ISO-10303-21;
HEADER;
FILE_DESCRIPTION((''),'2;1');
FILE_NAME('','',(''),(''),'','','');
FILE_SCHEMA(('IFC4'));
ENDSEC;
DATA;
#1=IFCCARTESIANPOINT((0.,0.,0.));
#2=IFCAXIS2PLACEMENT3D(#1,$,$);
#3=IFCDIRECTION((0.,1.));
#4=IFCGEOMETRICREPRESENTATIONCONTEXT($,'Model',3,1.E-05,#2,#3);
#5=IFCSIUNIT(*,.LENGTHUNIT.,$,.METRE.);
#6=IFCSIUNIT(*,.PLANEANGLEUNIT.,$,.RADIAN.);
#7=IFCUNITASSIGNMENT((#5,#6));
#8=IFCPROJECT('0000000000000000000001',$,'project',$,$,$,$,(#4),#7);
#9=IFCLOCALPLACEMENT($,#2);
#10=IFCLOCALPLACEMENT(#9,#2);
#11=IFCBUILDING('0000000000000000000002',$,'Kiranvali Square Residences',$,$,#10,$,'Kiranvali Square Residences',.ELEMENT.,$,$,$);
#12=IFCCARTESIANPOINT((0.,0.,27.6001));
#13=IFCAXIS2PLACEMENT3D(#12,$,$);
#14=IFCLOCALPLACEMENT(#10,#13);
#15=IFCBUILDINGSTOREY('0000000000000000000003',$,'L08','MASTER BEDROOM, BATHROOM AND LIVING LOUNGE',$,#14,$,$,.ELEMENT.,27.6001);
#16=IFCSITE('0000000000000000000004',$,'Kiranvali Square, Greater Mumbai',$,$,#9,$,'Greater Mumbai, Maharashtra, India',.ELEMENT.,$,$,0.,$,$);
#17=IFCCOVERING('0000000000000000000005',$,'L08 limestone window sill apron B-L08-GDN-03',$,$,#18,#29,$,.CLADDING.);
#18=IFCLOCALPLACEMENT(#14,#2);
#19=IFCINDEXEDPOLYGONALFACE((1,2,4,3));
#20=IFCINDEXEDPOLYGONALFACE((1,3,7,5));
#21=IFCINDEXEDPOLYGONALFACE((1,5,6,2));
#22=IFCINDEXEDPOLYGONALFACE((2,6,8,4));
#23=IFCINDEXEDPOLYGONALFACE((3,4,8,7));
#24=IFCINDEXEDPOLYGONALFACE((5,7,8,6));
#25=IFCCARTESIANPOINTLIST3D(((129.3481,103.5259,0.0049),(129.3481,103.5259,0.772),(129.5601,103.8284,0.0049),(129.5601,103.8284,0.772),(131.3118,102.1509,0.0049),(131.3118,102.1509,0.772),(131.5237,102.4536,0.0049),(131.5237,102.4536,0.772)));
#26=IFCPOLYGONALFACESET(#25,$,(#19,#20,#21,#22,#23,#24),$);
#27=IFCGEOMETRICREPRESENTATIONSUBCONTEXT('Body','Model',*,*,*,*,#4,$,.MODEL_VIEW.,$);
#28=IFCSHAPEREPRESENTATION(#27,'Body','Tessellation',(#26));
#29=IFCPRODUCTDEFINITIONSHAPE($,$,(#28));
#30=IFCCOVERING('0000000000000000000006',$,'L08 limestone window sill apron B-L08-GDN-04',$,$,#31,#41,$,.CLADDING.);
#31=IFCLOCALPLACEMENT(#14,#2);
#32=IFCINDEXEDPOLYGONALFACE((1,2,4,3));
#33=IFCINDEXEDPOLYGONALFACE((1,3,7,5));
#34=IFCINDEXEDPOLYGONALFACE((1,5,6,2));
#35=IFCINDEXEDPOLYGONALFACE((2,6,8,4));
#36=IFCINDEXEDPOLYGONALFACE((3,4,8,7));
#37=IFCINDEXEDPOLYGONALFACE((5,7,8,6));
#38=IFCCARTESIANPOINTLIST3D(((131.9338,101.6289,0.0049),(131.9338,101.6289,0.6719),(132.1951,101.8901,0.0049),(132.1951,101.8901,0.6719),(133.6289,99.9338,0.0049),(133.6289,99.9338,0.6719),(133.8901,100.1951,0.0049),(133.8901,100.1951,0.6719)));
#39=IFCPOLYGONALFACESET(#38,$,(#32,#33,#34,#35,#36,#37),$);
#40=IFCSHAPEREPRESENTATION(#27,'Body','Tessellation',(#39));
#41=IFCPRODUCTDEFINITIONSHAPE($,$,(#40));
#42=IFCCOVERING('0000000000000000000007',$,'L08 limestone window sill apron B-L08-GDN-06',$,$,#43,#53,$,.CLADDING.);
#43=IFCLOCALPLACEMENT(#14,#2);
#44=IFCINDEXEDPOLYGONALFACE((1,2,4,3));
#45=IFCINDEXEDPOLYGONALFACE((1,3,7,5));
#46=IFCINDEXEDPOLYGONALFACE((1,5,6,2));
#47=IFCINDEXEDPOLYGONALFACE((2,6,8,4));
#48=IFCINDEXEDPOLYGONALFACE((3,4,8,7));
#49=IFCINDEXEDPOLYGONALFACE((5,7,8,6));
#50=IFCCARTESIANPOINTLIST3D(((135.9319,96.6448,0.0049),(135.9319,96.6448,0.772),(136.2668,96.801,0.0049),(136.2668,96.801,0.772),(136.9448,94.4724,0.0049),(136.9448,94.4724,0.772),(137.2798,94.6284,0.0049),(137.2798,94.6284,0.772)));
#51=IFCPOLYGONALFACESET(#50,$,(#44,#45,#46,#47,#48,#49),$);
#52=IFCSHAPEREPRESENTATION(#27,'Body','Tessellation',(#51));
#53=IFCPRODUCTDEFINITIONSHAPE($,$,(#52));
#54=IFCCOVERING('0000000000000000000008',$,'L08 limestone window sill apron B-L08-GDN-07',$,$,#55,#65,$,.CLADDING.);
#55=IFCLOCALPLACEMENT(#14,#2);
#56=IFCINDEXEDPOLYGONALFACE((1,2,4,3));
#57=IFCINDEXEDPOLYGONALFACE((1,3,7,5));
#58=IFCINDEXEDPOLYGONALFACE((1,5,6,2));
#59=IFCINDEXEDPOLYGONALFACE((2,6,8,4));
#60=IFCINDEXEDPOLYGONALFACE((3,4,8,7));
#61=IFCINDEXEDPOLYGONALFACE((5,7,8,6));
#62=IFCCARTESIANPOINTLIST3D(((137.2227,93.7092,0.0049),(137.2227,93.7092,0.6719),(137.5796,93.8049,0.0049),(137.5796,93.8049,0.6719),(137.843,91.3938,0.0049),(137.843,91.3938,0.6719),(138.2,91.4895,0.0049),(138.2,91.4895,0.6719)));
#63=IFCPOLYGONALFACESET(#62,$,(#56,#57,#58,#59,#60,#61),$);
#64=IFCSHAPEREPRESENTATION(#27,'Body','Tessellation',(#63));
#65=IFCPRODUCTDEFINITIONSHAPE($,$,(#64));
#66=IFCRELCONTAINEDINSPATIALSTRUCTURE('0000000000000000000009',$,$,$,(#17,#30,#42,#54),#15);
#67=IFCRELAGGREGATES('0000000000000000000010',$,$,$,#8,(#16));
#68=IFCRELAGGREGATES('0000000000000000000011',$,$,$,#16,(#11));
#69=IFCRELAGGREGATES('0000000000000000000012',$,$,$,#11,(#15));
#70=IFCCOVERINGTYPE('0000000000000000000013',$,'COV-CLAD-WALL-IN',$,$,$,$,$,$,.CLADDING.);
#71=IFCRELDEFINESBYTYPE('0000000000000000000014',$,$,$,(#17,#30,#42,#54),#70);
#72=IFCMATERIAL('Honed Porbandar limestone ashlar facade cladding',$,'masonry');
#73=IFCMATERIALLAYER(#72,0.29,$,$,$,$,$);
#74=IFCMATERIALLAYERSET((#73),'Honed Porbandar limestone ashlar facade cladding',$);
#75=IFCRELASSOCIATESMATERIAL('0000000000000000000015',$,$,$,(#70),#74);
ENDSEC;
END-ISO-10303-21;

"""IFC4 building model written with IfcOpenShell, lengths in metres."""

from ifc_helpers import new_model, si_unit, direction, frame, origin, place, context, subcontext, project, spatial, polyline, outline, extrude, material, layer, layer_set, type_object, element, save


model = new_model("IFC4")

# Units and contexts
model_context = context("Model", 3, precision=1e-05, world=origin(), true_north=direction((0.0, 1.0)))
body_context = subcontext(model_context, "Body", "Model", "MODEL_VIEW")
ifc_project = project(units=[si_unit("LENGTHUNIT", "METRE"), si_unit("PLANEANGLEUNIT", "RADIAN")], contexts=[model_context])

# Site, building, storey
site_placement = place(None, origin())
site = spatial("IfcSite", under=ifc_project, at=site_placement, Name="Kiranvali Square, Greater Mumbai", LongName="Greater Mumbai, Maharashtra, India", CompositionType="ELEMENT", RefElevation=0.0)
building_placement = place(site_placement, origin())
building = spatial("IfcBuilding", under=site, at=building_placement, Name="Kiranvali Square Residences", LongName="Kiranvali Square Residences", CompositionType="ELEMENT")
storey_placement = place(building_placement, frame((0.0, 0.0, 27.6001)))
storey = spatial("IfcBuildingStorey", under=building, at=storey_placement, Name="L08", Description="MASTER BEDROOM, BATHROOM AND LIVING LOUNGE", CompositionType="ELEMENT", Elevation=27.6001)

# Coverings
ifc_material = material(Name="Honed Porbandar limestone ashlar facade cladding", Category="masonry")
ifc_layer_1 = layer(ifc_material, 0.29)
ifc_layer_set_1 = layer_set([ifc_layer_1], Name="Honed Porbandar limestone ashlar facade cladding")
covering_type_1 = type_object("IfcCoveringType", Name="COV-CLAD-WALL-IN", PredefinedType="CLADDING", material=ifc_layer_set_1)
covering_1_placement = place(storey_placement, frame((0.0, 0.0, 0.0049)))
element("IfcCovering", 1, at=covering_1_placement, inside=storey, type_object=covering_type_1, Name="L08 limestone window sill apron B-L08-GDN-03", PredefinedType="CLADDING", context=body_context, shape_type="SweptSolid", body=[
    extrude(outline(polyline([(129.3481, 103.5259), (131.3118, 102.1509), (131.5237, 102.4536), (129.5601, 103.8284), (129.3481, 103.5259)])), origin(), (0.0, 0.0, 1.0), 0.7671),
])
covering_2_placement = place(storey_placement, frame((0.0, 0.0, 0.0049)))
element("IfcCovering", 2, at=covering_2_placement, inside=storey, type_object=covering_type_1, Name="L08 limestone window sill apron B-L08-GDN-04", PredefinedType="CLADDING", context=body_context, shape_type="SweptSolid", body=[
    extrude(outline(polyline([(131.9338, 101.6289), (133.6289, 99.9338), (133.8901, 100.1951), (132.1951, 101.8901), (131.9338, 101.6289)])), origin(), (0.0, 0.0, 1.0), 0.667),
])
covering_3_placement = place(storey_placement, frame((0.0, 0.0, 0.0049)))
element("IfcCovering", 3, at=covering_3_placement, inside=storey, type_object=covering_type_1, Name="L08 limestone window sill apron B-L08-GDN-06", PredefinedType="CLADDING", context=body_context, shape_type="SweptSolid", body=[
    extrude(outline(polyline([(135.9319, 96.6448), (136.9448, 94.4724), (137.2798, 94.6284), (136.2668, 96.801), (135.9319, 96.6448)])), origin(), (0.0, 0.0, 1.0), 0.7671),
])
covering_4_placement = place(storey_placement, frame((0.0, 0.0, 0.0049)))
element("IfcCovering", 4, at=covering_4_placement, inside=storey, type_object=covering_type_1, Name="L08 limestone window sill apron B-L08-GDN-07", PredefinedType="CLADDING", context=body_context, shape_type="SweptSolid", body=[
    extrude(outline(polyline([(137.2227, 93.7092), (137.843, 91.3938), (138.2, 91.4895), (137.5796, 93.8049), (137.2227, 93.7092)])), origin(), (0.0, 0.0, 1.0), 0.667),
])

save(model, "model.ifc")
